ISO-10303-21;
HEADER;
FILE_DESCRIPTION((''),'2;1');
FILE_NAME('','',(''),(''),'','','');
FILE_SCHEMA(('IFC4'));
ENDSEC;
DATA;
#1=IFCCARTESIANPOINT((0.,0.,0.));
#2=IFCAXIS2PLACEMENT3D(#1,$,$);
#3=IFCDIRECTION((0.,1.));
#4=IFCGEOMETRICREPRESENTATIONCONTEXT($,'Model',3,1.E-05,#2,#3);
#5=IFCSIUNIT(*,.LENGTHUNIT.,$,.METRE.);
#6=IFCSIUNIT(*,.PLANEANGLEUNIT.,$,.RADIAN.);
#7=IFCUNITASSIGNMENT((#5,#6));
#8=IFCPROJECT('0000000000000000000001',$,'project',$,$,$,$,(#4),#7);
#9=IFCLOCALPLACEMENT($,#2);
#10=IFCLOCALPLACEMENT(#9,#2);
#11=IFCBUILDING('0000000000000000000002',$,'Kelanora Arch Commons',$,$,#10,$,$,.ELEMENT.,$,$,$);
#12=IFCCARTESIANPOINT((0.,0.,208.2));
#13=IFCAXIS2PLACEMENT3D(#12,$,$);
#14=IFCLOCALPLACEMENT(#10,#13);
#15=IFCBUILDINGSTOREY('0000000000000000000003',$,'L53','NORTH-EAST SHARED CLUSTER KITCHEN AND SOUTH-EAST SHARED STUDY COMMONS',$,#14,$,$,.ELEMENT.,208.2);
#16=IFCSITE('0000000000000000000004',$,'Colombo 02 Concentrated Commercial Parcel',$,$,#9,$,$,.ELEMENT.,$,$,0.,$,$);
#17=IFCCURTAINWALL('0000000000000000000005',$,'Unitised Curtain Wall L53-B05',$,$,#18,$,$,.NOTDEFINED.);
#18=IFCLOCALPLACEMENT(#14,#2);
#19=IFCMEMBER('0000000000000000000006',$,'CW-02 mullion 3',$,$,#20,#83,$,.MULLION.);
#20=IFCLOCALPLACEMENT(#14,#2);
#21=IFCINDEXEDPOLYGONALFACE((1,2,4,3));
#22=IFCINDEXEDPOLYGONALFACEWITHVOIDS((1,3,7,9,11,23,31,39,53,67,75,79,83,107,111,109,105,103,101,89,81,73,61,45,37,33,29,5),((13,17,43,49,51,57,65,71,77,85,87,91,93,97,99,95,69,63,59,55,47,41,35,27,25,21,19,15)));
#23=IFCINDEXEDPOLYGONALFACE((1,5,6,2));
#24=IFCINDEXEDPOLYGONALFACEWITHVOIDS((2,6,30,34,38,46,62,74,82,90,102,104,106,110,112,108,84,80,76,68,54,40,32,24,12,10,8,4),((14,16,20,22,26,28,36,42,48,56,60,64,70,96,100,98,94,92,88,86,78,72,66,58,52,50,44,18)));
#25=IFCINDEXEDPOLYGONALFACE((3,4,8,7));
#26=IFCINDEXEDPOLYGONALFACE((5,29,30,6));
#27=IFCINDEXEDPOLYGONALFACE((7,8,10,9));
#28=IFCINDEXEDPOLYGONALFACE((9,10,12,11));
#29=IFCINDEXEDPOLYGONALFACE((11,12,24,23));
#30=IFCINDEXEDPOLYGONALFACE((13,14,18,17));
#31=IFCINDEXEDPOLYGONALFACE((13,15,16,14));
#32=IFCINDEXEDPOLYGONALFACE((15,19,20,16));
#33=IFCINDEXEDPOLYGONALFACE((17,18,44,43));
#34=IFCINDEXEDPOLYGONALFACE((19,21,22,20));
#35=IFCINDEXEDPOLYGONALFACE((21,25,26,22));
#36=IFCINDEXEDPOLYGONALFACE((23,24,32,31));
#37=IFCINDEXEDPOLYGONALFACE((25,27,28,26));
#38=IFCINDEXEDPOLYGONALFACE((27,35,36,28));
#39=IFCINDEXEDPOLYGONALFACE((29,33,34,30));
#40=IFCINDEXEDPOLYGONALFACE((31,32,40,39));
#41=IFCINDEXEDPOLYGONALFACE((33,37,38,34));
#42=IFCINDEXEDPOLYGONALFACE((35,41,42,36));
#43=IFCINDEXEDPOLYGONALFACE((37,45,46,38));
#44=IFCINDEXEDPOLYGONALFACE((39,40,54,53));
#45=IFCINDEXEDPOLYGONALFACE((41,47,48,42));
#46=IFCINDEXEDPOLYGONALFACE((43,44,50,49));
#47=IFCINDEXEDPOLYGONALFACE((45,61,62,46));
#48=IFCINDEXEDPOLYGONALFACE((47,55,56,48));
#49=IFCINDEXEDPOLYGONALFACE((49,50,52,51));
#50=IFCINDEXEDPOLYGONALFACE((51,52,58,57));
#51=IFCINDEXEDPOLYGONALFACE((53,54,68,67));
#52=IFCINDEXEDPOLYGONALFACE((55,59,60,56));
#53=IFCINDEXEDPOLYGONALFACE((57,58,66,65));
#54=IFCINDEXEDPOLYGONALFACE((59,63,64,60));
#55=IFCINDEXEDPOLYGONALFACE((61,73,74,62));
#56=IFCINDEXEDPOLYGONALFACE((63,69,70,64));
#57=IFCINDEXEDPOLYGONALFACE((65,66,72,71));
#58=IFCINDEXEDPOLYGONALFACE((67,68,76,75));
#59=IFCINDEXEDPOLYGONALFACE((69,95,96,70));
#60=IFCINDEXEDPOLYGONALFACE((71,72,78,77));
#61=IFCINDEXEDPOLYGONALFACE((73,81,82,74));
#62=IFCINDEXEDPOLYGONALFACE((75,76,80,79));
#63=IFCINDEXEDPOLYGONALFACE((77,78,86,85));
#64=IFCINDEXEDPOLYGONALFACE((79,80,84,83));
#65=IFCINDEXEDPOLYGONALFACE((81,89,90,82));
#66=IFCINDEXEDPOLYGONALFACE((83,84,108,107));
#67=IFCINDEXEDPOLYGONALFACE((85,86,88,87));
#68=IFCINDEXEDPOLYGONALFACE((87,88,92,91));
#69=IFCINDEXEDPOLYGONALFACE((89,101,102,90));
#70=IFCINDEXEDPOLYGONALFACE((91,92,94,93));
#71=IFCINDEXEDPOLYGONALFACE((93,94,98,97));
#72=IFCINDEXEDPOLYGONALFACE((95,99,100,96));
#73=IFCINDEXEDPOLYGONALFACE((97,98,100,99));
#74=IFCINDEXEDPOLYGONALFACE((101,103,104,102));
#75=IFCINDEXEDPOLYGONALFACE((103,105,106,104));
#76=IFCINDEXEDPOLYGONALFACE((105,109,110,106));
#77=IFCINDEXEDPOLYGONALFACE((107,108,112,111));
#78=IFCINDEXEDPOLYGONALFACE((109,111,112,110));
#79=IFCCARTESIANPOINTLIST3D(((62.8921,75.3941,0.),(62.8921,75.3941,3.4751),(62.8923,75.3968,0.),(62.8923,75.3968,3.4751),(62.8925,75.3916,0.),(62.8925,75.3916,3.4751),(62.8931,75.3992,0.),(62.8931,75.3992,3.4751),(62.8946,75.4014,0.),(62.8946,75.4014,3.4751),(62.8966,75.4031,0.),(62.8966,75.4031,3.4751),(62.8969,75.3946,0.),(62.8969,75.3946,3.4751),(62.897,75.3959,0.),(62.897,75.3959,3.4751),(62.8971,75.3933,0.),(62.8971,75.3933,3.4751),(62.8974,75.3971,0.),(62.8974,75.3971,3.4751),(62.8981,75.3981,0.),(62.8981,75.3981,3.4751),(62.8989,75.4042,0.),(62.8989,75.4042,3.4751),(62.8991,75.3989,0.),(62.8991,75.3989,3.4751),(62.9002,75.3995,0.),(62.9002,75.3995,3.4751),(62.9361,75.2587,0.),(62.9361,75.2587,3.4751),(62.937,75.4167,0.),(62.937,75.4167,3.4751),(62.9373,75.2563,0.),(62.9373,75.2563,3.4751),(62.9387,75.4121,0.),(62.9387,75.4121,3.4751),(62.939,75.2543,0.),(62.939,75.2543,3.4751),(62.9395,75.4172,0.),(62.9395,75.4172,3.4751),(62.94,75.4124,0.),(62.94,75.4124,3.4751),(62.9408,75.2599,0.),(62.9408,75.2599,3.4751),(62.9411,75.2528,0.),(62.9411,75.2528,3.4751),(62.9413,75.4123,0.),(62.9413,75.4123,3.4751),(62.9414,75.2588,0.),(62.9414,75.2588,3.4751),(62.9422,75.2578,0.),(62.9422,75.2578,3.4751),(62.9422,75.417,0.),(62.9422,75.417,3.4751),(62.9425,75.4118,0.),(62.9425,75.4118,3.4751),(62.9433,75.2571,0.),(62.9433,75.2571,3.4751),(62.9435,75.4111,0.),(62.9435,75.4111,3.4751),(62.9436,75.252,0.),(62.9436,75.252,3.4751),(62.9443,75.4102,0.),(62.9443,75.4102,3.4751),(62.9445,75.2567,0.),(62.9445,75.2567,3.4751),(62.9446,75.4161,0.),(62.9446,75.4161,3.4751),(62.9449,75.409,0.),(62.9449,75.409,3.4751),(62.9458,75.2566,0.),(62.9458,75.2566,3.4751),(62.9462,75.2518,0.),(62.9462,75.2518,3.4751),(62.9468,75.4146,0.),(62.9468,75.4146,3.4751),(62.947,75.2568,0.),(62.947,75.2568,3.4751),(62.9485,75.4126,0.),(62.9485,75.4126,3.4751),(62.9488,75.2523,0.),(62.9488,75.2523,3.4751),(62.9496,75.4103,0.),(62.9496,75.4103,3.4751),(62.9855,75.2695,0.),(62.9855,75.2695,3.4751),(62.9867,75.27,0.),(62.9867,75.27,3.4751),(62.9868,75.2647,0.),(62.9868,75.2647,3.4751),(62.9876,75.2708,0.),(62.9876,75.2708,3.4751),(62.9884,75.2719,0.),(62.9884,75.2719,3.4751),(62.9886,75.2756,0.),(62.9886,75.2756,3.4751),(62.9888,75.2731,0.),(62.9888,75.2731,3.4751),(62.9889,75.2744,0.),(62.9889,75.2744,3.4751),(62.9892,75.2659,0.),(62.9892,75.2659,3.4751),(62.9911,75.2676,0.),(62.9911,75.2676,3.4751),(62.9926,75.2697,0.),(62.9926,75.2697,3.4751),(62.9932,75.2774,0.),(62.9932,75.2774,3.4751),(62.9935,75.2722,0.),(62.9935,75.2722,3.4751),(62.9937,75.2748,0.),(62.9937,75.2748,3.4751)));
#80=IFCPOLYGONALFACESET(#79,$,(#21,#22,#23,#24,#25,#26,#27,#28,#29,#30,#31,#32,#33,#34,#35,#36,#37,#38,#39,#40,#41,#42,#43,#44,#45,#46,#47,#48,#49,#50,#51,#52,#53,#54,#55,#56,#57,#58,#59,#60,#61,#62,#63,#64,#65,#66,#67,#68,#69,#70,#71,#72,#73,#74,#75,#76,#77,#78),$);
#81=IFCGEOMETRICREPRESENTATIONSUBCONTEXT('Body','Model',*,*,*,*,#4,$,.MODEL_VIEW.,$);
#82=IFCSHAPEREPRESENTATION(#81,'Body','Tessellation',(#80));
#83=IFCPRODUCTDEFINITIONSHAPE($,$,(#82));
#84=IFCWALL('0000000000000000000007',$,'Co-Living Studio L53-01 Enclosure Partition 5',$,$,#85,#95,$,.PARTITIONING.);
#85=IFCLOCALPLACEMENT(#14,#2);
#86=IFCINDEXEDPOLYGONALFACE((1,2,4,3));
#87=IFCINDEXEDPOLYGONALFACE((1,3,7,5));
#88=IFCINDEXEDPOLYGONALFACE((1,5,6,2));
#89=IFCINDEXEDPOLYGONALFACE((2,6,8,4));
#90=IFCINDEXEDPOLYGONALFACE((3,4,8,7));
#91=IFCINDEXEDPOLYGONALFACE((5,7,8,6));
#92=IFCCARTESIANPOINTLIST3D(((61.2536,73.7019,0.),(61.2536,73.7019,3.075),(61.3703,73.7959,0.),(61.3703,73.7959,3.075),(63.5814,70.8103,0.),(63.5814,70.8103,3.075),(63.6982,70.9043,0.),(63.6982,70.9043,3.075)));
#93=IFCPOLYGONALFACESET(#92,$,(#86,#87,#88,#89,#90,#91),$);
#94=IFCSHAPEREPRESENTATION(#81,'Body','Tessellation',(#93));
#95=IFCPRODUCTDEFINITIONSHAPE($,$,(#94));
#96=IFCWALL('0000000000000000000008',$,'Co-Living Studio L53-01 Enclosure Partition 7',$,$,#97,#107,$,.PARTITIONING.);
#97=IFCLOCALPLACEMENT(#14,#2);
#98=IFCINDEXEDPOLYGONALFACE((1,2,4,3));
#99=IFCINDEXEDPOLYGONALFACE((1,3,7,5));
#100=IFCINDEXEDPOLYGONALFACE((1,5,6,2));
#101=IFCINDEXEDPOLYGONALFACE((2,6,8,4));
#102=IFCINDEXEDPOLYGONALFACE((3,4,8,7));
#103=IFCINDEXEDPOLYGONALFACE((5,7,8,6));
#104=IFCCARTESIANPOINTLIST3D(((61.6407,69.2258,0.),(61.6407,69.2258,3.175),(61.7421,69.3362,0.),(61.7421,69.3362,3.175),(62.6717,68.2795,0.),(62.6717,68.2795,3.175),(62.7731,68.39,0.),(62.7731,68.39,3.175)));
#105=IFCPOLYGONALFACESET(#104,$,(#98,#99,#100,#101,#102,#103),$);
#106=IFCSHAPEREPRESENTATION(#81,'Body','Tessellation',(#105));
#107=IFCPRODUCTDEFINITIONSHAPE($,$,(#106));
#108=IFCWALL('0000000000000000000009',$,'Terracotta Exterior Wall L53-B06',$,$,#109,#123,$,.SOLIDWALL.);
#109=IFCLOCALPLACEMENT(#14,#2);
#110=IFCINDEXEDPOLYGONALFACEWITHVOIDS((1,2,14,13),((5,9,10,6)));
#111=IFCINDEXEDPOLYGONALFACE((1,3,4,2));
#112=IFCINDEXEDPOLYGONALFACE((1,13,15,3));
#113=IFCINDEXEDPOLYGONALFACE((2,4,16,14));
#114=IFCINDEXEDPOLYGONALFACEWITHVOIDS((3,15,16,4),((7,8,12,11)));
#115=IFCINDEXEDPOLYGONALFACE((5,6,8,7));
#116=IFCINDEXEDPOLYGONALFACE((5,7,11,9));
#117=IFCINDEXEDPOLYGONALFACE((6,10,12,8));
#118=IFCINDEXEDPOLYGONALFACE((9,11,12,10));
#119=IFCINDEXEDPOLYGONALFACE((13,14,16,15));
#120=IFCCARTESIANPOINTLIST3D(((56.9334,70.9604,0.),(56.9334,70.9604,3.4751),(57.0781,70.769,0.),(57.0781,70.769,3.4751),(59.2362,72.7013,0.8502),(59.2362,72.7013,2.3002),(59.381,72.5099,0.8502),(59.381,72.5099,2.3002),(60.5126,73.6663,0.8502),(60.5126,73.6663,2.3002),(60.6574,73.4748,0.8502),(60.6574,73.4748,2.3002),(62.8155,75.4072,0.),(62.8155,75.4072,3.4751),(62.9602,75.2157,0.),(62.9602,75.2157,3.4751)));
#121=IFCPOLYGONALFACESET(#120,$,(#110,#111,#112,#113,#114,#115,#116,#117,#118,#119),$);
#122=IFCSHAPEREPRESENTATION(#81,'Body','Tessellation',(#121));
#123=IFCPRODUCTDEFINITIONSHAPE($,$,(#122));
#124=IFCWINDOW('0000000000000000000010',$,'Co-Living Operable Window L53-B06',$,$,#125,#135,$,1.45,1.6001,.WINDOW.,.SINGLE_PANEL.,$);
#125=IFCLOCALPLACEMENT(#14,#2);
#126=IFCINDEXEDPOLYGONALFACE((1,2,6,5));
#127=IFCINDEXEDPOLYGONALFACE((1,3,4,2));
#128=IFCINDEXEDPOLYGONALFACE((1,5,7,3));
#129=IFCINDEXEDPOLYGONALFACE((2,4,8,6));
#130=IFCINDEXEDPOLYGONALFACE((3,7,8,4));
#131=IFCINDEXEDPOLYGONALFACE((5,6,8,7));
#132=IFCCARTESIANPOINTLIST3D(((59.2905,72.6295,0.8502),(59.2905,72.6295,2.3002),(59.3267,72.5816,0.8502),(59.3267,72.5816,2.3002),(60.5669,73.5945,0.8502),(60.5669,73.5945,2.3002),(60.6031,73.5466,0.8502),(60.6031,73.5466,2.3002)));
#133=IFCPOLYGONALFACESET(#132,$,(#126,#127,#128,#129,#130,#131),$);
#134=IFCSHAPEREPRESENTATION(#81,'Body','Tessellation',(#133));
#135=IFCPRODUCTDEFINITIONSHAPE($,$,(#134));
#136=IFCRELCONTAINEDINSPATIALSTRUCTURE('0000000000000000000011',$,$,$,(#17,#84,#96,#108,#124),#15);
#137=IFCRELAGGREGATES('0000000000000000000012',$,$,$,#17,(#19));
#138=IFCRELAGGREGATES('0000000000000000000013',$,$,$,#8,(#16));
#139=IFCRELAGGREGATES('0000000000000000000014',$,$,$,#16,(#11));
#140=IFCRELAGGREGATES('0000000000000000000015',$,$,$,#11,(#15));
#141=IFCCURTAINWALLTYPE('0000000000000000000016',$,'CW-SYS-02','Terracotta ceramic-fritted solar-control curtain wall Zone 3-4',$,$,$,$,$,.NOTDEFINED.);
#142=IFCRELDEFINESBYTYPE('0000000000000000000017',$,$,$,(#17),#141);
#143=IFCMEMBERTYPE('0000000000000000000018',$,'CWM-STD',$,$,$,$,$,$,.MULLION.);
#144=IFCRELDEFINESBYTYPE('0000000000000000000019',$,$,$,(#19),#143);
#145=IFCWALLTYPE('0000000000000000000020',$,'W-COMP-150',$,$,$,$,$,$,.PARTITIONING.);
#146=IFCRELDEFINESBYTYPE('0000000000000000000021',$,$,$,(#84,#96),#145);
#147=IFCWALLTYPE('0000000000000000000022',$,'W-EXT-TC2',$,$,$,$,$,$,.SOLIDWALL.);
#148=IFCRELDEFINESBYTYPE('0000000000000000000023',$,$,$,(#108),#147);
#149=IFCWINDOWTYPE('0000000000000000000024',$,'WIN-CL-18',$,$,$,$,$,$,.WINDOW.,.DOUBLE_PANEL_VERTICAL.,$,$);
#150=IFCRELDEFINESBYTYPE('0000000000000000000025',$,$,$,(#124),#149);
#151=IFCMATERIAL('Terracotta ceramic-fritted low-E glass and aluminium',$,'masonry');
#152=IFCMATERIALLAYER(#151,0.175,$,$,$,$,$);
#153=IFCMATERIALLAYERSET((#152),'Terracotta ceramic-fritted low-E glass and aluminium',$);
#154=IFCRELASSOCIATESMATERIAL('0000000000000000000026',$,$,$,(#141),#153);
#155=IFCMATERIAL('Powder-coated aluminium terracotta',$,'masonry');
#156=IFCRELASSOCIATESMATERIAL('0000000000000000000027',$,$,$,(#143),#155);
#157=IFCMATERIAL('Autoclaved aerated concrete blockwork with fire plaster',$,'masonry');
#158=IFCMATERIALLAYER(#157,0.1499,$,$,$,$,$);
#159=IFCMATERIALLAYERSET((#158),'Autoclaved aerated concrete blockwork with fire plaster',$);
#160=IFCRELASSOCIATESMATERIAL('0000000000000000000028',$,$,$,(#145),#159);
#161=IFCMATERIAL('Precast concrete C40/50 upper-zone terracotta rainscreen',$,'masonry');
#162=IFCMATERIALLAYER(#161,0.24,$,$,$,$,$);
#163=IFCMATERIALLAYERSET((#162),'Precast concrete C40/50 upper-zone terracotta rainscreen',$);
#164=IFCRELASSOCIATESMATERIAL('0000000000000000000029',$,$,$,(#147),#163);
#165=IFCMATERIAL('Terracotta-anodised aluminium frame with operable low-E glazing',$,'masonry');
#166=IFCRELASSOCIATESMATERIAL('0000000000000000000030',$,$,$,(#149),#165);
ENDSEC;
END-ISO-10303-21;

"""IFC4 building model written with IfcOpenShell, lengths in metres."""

from ifc_helpers import new_model, si_unit, direction, frame, frame_2d, origin, origin_2d, place, context, subcontext, project, spatial, rectangle, hollow_rectangle, extrude, material, layer, layer_set, material_profile, profile_set, type_object, element, fill, aggregate, save


model = new_model("IFC4")

# Units and contexts
model_context = context("Model", 3, precision=1e-05, world=origin(), true_north=direction((0.0, 1.0)))
body_context = subcontext(model_context, "Body", "Model", "MODEL_VIEW")
ifc_project = project(units=[si_unit("LENGTHUNIT", "METRE"), si_unit("PLANEANGLEUNIT", "RADIAN")], contexts=[model_context])

# Site, building, storey
site_placement = place(None, origin())
site = spatial("IfcSite", under=ifc_project, at=site_placement, Name="Colombo 02 Concentrated Commercial Parcel", CompositionType="ELEMENT", RefElevation=0.0)
building_placement = place(site_placement, origin())
building = spatial("IfcBuilding", under=site, at=building_placement, Name="Kelanora Arch Commons", CompositionType="ELEMENT")
storey_placement = place(building_placement, frame((0.0, 0.0, 208.2)))
storey = spatial("IfcBuildingStorey", under=building, at=storey_placement, Name="L53", Description="NORTH-EAST SHARED CLUSTER KITCHEN AND SOUTH-EAST SHARED STUDY COMMONS", CompositionType="ELEMENT", Elevation=208.2)

# Curtain wall, member
ifc_material_1 = material(Name="Terracotta ceramic-fritted low-E glass and aluminium", Category="masonry")
ifc_layer_1 = layer(ifc_material_1, 0.175)
ifc_layer_set_1 = layer_set([ifc_layer_1], Name="Terracotta ceramic-fritted low-E glass and aluminium")
curtain_wall_type = type_object("IfcCurtainWallType", Name="CW-SYS-02", Description="Terracotta ceramic-fritted solar-control curtain wall Zone 3-4", PredefinedType="NOTDEFINED", material=ifc_layer_set_1)
curtain_wall_placement = place(storey_placement, origin())
curtain_wall = element("IfcCurtainWall", 1, at=curtain_wall_placement, inside=storey, type_object=curtain_wall_type, Name="Unitised Curtain Wall L53-B05", PredefinedType="NOTDEFINED")
ifc_material_2 = material(Name="Powder-coated aluminium terracotta", Category="masonry")
ifc_material_profile_1 = material_profile(ifc_material_2, hollow_rectangle(XDim=0.1599, YDim=0.0601, WallThickness=0.0049, InnerFilletRadius=0.0049, OuterFilletRadius=0.01, at=origin_2d()), Name="CWM160x60")
ifc_profile_set_1 = profile_set([ifc_material_profile_1], Name="Powder-coated aluminium terracotta")
member_type = type_object("IfcMemberType", Name="CWM-STD", PredefinedType="MULLION", material=ifc_profile_set_1)
member_placement = place(storey_placement, frame((62.9429, 75.3345, 0.0), z_axis=(0.0, 0.0, 1.0), x_axis=(0.311582, -0.950219, 0.0)))
member = element("IfcMember", 2, at=member_placement, type_object=member_type, Name="CW-02 mullion 3", PredefinedType="MULLION", context=body_context, shape_type="SweptSolid", body=[
    extrude(hollow_rectangle(XDim=0.1599, YDim=0.0601, WallThickness=0.0049, InnerFilletRadius=0.0049, OuterFilletRadius=0.01, at=origin_2d()), origin(), (0.0, 0.0, 1.0), 3.4751),
])
aggregate(curtain_wall, [member])

# Walls
ifc_material_3 = material(Name="Autoclaved aerated concrete blockwork with fire plaster", Category="masonry")
ifc_layer_2 = layer(ifc_material_3, 0.1499)
ifc_layer_set_2 = layer_set([ifc_layer_2], Name="Autoclaved aerated concrete blockwork with fire plaster")
wall_type_1 = type_object("IfcWallType", Name="W-COMP-150", PredefinedType="PARTITIONING", material=ifc_layer_set_2)
wall_1_placement = place(storey_placement, frame((61.312, 73.7488, 0.0), z_axis=(0.0, 0.0, 1.0), x_axis=(0.62709, -0.778947, 0.0)))
element("IfcWall", 3, at=wall_1_placement, inside=storey, type_object=wall_type_1, Name="Co-Living Studio L53-01 Enclosure Partition 5", PredefinedType="PARTITIONING", context=body_context, shape_type="SweptSolid", body=[
    extrude(rectangle(XDim=3.7122, YDim=0.1499, at=frame_2d((1.856, 0.0))), origin(), (0.0, 0.0, 1.0), 3.075),
])
wall_2_placement = place(storey_placement, frame((61.6914, 69.281, 0.0), z_axis=(0.0, 0.0, 1.0), x_axis=(0.736727, -0.676191, 0.0)))
element("IfcWall", 4, at=wall_2_placement, inside=storey, type_object=wall_type_1, Name="Co-Living Studio L53-01 Enclosure Partition 7", PredefinedType="PARTITIONING", context=body_context, shape_type="SweptSolid", body=[
    extrude(rectangle(XDim=1.3994, YDim=0.1499, at=frame_2d((0.6997, 0.0))), origin(), (0.0, 0.0, 1.0), 3.175),
])

# Wall, opening, window
ifc_material_4 = material(Name="Precast concrete C40/50 upper-zone terracotta rainscreen", Category="masonry")
ifc_layer_3 = layer(ifc_material_4, 0.24)
ifc_layer_set_3 = layer_set([ifc_layer_3], Name="Precast concrete C40/50 upper-zone terracotta rainscreen")
wall_type_2 = type_object("IfcWallType", Name="W-EXT-TC2", PredefinedType="SOLIDWALL", material=ifc_layer_set_3)
wall_3_placement = place(storey_placement, frame((62.8879, 75.3115, 0.0), z_axis=(0.0, 0.0, 1.0), x_axis=(-0.797702, -0.603052, 0.0)))
wall_3 = element("IfcWall", 5, at=wall_3_placement, inside=storey, type_object=wall_type_2, Name="Terracotta Exterior Wall L53-B06", PredefinedType="SOLIDWALL", context=body_context, shape_type="SweptSolid", body=[
    extrude(rectangle(XDim=7.3738, YDim=0.24, at=frame_2d((3.687, 0.0))), origin(), (0.0, 0.0, 1.0), 3.4751),
])
opening_1_placement = place(wall_3_placement, frame((2.887, 0.0, 0.8501)))
opening_1 = element("IfcOpeningElement", 6, at=opening_1_placement, cuts=wall_3, PredefinedType="OPENING", context=body_context, shape_type="SweptSolid", body=[
    extrude(rectangle(XDim=1.6001, YDim=1.45, at=frame_2d((0.8, 0.7251))), frame((0.0, 0.1299, 0.0), z_axis=(0.0, -1.0, 0.0), x_axis=(1.0, 0.0, 0.0)), (0.0, 0.0, 1.0), 0.26),
])
ifc_material_5 = material(Name="Terracotta-anodised aluminium frame with operable low-E glazing", Category="masonry")
window_type_1 = type_object("IfcWindowType", Name="WIN-CL-18", PartitioningType="DOUBLE_PANEL_VERTICAL", PredefinedType="WINDOW", material=ifc_material_5)
window_1_placement = place(opening_1_placement, origin())
window_1 = element("IfcWindow", 7, at=window_1_placement, inside=storey, type_object=window_type_1, Name="Co-Living Operable Window L53-B06", OverallHeight=1.45, OverallWidth=1.6001, PartitioningType="SINGLE_PANEL", PredefinedType="WINDOW", context=body_context, shape_type="SweptSolid", body=[
    extrude(rectangle(XDim=1.6001, YDim=1.45, at=frame_2d((0.8, 0.7251))), frame((0.0, 0.03, 0.0), z_axis=(0.0, -1.0, 0.0), x_axis=(1.0, 0.0, 0.0)), (0.0, 0.0, 1.0), 0.0601),
])
fill(opening_1, window_1)

save(model, "model.ifc")
